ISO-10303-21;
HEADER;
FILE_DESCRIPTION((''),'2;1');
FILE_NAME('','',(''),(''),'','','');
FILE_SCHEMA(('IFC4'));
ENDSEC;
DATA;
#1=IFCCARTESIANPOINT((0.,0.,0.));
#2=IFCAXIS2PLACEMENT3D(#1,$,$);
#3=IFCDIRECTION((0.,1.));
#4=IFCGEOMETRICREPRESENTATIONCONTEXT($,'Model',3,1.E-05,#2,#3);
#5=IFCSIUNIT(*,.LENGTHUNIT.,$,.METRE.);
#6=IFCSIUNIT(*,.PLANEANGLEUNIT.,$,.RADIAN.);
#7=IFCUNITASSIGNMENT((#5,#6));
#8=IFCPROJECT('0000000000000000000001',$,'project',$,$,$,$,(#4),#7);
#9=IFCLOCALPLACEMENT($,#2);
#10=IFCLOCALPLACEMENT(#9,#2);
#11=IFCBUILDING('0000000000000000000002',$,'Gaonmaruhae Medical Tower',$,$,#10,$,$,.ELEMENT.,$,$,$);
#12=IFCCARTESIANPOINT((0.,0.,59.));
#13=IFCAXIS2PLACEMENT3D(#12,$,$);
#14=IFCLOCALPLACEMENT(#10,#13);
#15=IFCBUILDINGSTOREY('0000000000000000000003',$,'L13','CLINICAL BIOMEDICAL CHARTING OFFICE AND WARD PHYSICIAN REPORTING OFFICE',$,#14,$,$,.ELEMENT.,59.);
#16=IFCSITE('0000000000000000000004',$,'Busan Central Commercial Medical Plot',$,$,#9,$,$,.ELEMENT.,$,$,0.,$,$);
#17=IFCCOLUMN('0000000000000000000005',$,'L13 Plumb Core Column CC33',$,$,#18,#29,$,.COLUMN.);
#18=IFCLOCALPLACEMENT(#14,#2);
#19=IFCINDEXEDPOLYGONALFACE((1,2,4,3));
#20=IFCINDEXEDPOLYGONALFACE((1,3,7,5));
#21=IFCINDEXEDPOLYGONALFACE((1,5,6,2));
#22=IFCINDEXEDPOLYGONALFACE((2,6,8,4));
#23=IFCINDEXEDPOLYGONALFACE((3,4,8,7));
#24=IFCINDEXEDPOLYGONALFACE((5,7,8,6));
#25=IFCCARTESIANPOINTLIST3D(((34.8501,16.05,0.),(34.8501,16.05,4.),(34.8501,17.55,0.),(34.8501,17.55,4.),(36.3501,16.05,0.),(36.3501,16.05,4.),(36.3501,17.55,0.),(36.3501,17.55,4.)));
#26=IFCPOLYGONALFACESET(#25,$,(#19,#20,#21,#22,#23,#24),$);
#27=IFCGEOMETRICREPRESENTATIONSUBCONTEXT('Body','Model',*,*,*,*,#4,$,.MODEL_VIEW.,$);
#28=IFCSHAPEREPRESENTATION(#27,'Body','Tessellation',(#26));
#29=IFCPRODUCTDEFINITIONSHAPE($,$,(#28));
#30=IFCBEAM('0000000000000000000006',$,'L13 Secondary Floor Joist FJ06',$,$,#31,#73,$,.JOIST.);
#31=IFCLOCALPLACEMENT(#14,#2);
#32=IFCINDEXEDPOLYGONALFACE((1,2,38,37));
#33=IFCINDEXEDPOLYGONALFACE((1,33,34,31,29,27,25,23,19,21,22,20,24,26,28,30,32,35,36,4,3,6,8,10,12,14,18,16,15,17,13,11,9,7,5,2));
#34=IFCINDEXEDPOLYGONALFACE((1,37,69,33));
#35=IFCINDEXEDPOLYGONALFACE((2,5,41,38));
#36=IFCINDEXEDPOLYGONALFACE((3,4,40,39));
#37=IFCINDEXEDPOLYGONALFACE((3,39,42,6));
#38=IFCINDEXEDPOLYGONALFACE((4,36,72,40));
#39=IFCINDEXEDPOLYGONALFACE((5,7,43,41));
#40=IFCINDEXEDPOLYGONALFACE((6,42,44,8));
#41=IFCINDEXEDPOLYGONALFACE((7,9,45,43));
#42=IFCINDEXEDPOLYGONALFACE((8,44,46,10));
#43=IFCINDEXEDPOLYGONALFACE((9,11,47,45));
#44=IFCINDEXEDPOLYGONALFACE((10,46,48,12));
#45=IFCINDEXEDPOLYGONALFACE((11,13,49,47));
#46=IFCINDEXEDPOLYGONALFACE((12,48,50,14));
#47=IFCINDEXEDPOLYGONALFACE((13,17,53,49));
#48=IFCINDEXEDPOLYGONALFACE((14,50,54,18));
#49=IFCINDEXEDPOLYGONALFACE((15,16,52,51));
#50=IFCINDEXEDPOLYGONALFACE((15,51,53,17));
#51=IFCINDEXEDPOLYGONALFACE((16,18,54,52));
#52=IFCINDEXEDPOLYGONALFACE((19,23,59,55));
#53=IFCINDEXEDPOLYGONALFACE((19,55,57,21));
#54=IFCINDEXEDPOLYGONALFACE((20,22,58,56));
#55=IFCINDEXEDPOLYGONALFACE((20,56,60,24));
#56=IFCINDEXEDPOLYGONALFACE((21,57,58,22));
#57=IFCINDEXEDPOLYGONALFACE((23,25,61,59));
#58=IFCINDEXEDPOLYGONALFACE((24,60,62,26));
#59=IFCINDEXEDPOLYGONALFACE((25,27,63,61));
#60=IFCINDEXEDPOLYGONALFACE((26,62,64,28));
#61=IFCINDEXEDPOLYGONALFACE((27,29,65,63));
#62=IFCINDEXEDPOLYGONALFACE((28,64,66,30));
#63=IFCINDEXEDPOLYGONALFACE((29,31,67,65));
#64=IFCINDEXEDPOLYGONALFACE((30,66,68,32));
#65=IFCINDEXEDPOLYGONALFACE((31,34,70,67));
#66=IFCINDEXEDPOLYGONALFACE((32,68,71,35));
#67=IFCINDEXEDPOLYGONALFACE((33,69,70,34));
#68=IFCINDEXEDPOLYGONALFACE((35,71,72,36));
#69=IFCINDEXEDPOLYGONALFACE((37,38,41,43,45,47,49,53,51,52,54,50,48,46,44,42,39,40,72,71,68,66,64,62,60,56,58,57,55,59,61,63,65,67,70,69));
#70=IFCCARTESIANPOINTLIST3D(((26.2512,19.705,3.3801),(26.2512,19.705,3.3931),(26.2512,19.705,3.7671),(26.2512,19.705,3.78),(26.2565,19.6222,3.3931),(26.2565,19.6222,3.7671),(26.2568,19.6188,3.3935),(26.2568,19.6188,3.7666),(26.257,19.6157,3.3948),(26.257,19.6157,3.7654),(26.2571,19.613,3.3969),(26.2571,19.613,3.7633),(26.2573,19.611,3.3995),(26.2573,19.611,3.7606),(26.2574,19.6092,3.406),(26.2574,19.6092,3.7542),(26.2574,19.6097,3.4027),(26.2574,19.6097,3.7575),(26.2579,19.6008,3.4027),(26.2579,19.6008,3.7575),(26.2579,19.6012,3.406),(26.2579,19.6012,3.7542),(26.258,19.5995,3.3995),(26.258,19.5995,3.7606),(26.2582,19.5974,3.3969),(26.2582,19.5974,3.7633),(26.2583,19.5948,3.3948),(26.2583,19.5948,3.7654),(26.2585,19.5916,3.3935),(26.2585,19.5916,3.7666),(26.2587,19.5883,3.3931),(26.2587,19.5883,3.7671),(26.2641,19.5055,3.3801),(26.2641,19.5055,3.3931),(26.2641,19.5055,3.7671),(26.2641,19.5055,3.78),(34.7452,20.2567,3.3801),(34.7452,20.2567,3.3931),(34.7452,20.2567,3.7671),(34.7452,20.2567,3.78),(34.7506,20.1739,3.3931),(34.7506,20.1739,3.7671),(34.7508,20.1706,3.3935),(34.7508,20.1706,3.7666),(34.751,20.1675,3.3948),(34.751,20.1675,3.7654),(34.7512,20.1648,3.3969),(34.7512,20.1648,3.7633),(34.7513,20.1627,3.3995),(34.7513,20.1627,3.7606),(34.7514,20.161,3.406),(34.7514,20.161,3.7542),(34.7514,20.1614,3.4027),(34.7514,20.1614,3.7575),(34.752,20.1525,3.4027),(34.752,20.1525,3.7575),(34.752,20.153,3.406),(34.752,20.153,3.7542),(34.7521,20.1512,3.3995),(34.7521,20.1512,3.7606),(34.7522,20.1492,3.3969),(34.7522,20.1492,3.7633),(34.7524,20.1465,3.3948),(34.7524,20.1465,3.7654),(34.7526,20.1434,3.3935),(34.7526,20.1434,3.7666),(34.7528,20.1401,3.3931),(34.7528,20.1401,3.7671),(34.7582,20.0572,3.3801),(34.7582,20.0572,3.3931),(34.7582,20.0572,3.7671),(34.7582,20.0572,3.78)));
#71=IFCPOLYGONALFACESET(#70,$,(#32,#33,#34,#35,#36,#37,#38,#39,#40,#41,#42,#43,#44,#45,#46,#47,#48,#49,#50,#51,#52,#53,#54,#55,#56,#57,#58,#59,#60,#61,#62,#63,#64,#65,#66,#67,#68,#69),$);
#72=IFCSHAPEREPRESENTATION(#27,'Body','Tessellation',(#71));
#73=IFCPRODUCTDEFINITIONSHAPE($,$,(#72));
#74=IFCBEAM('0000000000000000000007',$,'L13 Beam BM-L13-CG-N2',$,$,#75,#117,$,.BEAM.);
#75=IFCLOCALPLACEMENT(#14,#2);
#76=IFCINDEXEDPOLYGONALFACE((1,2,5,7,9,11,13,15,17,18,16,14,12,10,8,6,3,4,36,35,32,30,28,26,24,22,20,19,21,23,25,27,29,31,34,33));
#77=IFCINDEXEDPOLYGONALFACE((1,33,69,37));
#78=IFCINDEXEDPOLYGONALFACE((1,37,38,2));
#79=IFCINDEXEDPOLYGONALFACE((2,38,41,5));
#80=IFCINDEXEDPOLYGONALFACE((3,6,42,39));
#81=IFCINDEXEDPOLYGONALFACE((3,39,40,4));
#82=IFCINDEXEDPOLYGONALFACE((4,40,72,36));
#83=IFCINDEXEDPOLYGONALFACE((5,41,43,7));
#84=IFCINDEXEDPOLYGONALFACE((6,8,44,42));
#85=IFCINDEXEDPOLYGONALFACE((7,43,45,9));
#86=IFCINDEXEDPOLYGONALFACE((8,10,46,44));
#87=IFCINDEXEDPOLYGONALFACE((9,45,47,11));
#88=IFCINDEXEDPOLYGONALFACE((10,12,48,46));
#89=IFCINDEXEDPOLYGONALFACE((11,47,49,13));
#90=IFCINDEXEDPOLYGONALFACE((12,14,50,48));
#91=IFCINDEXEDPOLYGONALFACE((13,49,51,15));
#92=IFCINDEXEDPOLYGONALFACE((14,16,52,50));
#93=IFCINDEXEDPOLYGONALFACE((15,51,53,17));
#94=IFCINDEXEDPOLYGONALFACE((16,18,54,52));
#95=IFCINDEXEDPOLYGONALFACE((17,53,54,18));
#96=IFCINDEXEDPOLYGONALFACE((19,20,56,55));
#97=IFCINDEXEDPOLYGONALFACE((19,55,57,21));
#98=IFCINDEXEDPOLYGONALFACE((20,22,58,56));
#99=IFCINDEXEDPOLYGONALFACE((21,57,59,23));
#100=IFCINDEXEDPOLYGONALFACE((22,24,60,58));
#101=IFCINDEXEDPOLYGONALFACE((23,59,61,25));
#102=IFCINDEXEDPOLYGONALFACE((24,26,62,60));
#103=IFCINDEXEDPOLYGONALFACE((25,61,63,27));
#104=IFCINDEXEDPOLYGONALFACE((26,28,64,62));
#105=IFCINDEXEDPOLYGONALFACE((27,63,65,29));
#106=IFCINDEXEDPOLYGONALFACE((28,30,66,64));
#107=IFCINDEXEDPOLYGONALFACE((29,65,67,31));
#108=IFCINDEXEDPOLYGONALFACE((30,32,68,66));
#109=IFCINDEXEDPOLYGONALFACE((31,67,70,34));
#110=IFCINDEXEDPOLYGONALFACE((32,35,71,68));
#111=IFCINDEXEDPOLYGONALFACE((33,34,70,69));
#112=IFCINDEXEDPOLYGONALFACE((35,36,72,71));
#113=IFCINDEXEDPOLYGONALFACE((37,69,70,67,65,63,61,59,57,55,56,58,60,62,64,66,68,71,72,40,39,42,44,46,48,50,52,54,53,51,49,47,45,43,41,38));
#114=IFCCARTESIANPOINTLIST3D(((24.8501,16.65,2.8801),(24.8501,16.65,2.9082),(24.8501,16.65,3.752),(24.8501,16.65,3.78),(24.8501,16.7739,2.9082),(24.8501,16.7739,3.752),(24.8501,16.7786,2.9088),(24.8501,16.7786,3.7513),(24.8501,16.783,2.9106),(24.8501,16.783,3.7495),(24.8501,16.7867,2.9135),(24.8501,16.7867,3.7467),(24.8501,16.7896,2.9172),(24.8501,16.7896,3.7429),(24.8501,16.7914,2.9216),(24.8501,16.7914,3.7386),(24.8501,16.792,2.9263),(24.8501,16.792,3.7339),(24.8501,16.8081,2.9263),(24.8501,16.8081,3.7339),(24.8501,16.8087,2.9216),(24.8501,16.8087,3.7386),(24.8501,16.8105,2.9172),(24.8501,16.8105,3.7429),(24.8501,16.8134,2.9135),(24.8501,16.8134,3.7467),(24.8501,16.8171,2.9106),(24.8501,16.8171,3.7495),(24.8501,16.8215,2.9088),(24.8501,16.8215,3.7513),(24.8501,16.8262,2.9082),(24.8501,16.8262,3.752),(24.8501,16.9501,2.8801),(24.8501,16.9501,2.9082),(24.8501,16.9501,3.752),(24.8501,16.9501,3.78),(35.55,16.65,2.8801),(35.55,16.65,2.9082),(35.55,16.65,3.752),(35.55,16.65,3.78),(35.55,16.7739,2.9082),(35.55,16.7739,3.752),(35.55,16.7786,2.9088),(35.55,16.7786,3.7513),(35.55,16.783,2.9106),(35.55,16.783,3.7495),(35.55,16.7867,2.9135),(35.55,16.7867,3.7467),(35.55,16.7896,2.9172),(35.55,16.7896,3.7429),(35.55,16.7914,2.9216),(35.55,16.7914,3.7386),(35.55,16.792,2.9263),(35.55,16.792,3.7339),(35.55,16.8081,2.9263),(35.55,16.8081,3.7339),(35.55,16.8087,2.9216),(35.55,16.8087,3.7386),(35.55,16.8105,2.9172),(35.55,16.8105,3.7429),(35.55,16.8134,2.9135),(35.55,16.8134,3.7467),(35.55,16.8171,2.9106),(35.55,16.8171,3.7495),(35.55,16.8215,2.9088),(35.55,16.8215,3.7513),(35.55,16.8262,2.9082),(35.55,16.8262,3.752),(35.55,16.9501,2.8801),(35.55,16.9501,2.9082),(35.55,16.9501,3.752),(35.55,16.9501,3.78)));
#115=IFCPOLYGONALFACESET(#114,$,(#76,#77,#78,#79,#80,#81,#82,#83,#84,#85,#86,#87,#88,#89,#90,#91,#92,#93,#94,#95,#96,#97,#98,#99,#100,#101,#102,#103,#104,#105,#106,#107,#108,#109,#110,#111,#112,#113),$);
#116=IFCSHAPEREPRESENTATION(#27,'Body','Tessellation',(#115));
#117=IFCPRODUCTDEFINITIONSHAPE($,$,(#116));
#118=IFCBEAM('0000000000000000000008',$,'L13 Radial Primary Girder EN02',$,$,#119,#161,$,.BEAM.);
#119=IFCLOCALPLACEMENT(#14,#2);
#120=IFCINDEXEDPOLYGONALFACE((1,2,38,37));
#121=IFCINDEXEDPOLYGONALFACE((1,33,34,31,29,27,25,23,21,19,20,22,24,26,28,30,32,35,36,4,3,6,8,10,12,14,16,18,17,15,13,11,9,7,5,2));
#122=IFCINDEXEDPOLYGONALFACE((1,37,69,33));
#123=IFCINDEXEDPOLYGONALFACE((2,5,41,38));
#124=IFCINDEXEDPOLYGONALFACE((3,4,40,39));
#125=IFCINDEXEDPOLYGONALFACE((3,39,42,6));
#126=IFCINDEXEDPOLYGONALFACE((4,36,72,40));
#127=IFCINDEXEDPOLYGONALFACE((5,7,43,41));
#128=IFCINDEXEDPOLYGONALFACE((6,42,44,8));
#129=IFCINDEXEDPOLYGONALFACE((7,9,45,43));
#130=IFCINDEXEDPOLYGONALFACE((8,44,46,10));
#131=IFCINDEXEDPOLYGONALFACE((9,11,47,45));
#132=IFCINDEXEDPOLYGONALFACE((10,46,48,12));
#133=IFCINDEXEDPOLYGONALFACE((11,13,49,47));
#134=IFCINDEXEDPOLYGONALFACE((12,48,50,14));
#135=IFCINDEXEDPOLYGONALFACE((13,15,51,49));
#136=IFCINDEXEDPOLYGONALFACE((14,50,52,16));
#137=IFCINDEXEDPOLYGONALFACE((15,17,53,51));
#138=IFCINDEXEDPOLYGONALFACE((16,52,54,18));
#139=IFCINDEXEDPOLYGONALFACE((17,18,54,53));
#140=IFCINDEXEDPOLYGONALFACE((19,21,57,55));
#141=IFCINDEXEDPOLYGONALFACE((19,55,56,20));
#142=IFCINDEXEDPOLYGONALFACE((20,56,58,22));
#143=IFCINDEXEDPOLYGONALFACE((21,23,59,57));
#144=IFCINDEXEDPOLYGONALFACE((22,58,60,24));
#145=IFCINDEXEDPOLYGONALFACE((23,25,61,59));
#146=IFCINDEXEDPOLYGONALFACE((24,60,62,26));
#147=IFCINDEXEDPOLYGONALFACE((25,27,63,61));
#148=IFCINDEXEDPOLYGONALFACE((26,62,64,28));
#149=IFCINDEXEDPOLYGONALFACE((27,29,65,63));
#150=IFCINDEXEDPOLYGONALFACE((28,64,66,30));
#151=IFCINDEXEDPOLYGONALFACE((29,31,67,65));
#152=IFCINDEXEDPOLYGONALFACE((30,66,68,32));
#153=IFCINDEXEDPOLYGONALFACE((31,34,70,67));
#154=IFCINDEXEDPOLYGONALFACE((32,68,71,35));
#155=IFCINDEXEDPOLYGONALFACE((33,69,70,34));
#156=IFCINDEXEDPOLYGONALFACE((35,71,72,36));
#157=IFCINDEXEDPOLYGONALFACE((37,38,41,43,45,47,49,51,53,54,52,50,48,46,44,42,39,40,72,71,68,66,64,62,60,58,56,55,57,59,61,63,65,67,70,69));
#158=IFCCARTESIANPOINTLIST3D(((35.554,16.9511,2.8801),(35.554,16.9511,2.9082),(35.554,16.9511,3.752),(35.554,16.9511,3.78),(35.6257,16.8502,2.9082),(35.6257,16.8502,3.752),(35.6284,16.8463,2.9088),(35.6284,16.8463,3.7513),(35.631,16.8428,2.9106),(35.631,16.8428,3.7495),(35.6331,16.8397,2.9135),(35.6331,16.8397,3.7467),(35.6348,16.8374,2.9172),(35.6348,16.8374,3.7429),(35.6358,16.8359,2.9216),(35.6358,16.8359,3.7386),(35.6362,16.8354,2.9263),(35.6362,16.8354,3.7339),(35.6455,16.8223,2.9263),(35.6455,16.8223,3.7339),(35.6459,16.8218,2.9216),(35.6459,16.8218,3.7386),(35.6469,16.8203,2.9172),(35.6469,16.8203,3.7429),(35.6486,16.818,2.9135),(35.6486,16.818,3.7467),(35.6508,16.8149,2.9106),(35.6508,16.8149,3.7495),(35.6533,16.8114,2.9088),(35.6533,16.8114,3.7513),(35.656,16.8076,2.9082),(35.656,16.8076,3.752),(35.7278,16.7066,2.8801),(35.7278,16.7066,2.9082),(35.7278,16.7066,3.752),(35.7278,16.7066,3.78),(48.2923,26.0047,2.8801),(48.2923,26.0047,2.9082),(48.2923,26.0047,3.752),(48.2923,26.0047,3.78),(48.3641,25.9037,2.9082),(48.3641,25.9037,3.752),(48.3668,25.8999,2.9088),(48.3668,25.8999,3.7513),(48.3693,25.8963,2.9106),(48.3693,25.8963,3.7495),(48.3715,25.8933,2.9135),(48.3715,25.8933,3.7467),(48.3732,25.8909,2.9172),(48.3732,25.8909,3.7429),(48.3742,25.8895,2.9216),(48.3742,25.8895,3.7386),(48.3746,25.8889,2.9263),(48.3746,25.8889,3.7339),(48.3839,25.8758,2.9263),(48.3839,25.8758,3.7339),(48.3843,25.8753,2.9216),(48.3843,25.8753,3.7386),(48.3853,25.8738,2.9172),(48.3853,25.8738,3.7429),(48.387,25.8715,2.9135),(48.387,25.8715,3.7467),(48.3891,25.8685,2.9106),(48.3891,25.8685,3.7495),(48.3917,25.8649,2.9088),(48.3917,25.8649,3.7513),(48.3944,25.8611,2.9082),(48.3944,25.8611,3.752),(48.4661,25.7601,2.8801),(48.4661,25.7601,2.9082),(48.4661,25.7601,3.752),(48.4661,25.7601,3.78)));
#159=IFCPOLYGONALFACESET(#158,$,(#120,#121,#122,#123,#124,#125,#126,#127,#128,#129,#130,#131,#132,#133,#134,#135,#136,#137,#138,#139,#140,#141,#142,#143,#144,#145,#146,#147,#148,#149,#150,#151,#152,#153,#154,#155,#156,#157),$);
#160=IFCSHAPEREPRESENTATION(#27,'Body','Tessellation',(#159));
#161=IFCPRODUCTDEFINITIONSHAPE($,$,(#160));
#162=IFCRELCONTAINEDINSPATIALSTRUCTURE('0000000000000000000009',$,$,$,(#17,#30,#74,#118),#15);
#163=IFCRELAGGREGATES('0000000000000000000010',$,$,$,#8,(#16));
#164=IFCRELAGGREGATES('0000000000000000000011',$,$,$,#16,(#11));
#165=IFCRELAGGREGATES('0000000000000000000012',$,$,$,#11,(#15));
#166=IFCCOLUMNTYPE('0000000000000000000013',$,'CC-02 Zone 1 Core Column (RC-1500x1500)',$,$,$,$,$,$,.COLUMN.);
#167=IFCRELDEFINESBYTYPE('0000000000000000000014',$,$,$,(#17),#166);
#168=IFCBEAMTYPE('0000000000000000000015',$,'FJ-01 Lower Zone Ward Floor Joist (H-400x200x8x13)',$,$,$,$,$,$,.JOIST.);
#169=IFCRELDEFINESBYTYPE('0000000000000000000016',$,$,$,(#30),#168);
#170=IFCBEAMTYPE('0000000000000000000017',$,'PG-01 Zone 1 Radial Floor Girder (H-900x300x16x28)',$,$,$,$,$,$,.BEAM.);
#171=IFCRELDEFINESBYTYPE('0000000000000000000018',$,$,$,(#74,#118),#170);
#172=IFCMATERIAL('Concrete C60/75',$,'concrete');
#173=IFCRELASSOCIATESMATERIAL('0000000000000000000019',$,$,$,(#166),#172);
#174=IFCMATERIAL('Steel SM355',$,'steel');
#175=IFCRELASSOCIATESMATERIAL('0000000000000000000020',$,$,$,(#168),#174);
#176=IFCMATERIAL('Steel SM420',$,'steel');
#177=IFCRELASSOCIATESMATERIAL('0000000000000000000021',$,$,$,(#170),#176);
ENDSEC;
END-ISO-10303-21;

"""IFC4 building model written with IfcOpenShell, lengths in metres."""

from ifc_helpers import new_model, si_unit, direction, frame, origin, origin_2d, place, context, subcontext, project, spatial, rectangle, i_section, extrude, material, material_profile, profile_set, type_object, element, save


model = new_model("IFC4")

# Units and contexts
model_context = context("Model", 3, precision=1e-05, world=origin(), true_north=direction((0.0, 1.0)))
body_context = subcontext(model_context, "Body", "Model", "MODEL_VIEW")
ifc_project = project(units=[si_unit("LENGTHUNIT", "METRE"), si_unit("PLANEANGLEUNIT", "RADIAN")], contexts=[model_context])

# Site, building, storey
site_placement = place(None, origin())
site = spatial("IfcSite", under=ifc_project, at=site_placement, Name="Busan Central Commercial Medical Plot", CompositionType="ELEMENT", RefElevation=0.0)
building_placement = place(site_placement, origin())
building = spatial("IfcBuilding", under=site, at=building_placement, Name="Gaonmaruhae Medical Tower", CompositionType="ELEMENT")
storey_placement = place(building_placement, frame((0.0, 0.0, 59.0)))
storey = spatial("IfcBuildingStorey", under=building, at=storey_placement, Name="L13", Description="CLINICAL BIOMEDICAL CHARTING OFFICE AND WARD PHYSICIAN REPORTING OFFICE", CompositionType="ELEMENT", Elevation=59.0)

# Column
ifc_material_1 = material(Name="Concrete C60/75", Category="concrete")
ifc_material_profile_1 = material_profile(ifc_material_1, rectangle(XDim=1.5, YDim=1.5, at=origin_2d()), Name="RC-1500x1500")
ifc_profile_set_1 = profile_set([ifc_material_profile_1], Name="Concrete C60/75")
column_type = type_object("IfcColumnType", Name="CC-02 Zone 1 Core Column (RC-1500x1500)", PredefinedType="COLUMN", material=ifc_profile_set_1)
column_placement = place(storey_placement, frame((35.6001, 16.8, 0.0), z_axis=(0.0, 0.0, 1.0), x_axis=(1.0, 0.0, 0.0)))
element("IfcColumn", 1, at=column_placement, inside=storey, type_object=column_type, Name="L13 Plumb Core Column CC33", PredefinedType="COLUMN", context=body_context, shape_type="SweptSolid", body=[
    extrude(rectangle(XDim=1.5, YDim=1.5, at=origin_2d()), origin(), (0.0, 0.0, 1.0), 4.0),
])

# Beams
ifc_material_2 = material(Name="Steel SM355", Category="steel")
ifc_material_profile_2 = material_profile(ifc_material_2, i_section(OverallWidth=0.2, OverallDepth=0.3999, WebThickness=0.0081, FlangeThickness=0.0129, FilletRadius=0.0129, at=origin_2d()), Name="H-400x200x8x13")
ifc_profile_set_2 = profile_set([ifc_material_profile_2], Name="Steel SM355")
beam_type_1 = type_object("IfcBeamType", Name="FJ-01 Lower Zone Ward Floor Joist (H-400x200x8x13)", PredefinedType="JOIST", material=ifc_profile_set_2)
beam_1_placement = place(storey_placement, frame((34.7517, 20.157, 3.5801), z_axis=(-0.997897, -0.064821, 0.0), x_axis=(0.064821, -0.997897, 0.0)))
element("IfcBeam", 2, at=beam_1_placement, inside=storey, type_object=beam_type_1, Name="L13 Secondary Floor Joist FJ06", PredefinedType="JOIST", context=body_context, shape_type="SweptSolid", body=[
    extrude(i_section(OverallWidth=0.2, OverallDepth=0.3999, WebThickness=0.0081, FlangeThickness=0.0129, FilletRadius=0.0129, at=origin_2d()), origin(), (0.0, 0.0, 1.0), 8.512),
])
ifc_material_3 = material(Name="Steel SM420", Category="steel")
ifc_material_profile_3 = material_profile(ifc_material_3, i_section(OverallWidth=0.3, OverallDepth=0.8999, WebThickness=0.0161, FlangeThickness=0.0281, FilletRadius=0.0181, at=origin_2d()), Name="H-900x300x16x28")
ifc_profile_set_3 = profile_set([ifc_material_profile_3], Name="Steel SM420")
beam_type_2 = type_object("IfcBeamType", Name="PG-01 Zone 1 Radial Floor Girder (H-900x300x16x28)", PredefinedType="BEAM", material=ifc_profile_set_3)
beam_2_placement = place(storey_placement, frame((24.8501, 16.8, 3.3301), z_axis=(1.0, 0.0, 0.0), x_axis=(0.0, 1.0, 0.0)))
element("IfcBeam", 3, at=beam_2_placement, inside=storey, type_object=beam_type_2, Name="L13 Beam BM-L13-CG-N2", PredefinedType="BEAM", context=body_context, shape_type="SweptSolid", body=[
    extrude(i_section(OverallWidth=0.3, OverallDepth=0.8999, WebThickness=0.0161, FlangeThickness=0.0281, FilletRadius=0.0181, at=origin_2d()), origin(), (0.0, 0.0, 1.0), 10.7),
])
beam_3_placement = place(storey_placement, frame((35.6409, 16.8289, 3.3301), z_axis=(0.815102, 0.579317, 0.0), x_axis=(-0.579317, 0.815102, 0.0)))
element("IfcBeam", 4, at=beam_3_placement, inside=storey, type_object=beam_type_2, Name="L13 Radial Primary Girder EN02", PredefinedType="BEAM", context=body_context, shape_type="SweptSolid", body=[
    extrude(i_section(OverallWidth=0.3, OverallDepth=0.8999, WebThickness=0.0161, FlangeThickness=0.0281, FilletRadius=0.0181, at=origin_2d()), origin(), (0.0, 0.0, 1.0), 15.6279),
])

save(model, "model.ifc")
